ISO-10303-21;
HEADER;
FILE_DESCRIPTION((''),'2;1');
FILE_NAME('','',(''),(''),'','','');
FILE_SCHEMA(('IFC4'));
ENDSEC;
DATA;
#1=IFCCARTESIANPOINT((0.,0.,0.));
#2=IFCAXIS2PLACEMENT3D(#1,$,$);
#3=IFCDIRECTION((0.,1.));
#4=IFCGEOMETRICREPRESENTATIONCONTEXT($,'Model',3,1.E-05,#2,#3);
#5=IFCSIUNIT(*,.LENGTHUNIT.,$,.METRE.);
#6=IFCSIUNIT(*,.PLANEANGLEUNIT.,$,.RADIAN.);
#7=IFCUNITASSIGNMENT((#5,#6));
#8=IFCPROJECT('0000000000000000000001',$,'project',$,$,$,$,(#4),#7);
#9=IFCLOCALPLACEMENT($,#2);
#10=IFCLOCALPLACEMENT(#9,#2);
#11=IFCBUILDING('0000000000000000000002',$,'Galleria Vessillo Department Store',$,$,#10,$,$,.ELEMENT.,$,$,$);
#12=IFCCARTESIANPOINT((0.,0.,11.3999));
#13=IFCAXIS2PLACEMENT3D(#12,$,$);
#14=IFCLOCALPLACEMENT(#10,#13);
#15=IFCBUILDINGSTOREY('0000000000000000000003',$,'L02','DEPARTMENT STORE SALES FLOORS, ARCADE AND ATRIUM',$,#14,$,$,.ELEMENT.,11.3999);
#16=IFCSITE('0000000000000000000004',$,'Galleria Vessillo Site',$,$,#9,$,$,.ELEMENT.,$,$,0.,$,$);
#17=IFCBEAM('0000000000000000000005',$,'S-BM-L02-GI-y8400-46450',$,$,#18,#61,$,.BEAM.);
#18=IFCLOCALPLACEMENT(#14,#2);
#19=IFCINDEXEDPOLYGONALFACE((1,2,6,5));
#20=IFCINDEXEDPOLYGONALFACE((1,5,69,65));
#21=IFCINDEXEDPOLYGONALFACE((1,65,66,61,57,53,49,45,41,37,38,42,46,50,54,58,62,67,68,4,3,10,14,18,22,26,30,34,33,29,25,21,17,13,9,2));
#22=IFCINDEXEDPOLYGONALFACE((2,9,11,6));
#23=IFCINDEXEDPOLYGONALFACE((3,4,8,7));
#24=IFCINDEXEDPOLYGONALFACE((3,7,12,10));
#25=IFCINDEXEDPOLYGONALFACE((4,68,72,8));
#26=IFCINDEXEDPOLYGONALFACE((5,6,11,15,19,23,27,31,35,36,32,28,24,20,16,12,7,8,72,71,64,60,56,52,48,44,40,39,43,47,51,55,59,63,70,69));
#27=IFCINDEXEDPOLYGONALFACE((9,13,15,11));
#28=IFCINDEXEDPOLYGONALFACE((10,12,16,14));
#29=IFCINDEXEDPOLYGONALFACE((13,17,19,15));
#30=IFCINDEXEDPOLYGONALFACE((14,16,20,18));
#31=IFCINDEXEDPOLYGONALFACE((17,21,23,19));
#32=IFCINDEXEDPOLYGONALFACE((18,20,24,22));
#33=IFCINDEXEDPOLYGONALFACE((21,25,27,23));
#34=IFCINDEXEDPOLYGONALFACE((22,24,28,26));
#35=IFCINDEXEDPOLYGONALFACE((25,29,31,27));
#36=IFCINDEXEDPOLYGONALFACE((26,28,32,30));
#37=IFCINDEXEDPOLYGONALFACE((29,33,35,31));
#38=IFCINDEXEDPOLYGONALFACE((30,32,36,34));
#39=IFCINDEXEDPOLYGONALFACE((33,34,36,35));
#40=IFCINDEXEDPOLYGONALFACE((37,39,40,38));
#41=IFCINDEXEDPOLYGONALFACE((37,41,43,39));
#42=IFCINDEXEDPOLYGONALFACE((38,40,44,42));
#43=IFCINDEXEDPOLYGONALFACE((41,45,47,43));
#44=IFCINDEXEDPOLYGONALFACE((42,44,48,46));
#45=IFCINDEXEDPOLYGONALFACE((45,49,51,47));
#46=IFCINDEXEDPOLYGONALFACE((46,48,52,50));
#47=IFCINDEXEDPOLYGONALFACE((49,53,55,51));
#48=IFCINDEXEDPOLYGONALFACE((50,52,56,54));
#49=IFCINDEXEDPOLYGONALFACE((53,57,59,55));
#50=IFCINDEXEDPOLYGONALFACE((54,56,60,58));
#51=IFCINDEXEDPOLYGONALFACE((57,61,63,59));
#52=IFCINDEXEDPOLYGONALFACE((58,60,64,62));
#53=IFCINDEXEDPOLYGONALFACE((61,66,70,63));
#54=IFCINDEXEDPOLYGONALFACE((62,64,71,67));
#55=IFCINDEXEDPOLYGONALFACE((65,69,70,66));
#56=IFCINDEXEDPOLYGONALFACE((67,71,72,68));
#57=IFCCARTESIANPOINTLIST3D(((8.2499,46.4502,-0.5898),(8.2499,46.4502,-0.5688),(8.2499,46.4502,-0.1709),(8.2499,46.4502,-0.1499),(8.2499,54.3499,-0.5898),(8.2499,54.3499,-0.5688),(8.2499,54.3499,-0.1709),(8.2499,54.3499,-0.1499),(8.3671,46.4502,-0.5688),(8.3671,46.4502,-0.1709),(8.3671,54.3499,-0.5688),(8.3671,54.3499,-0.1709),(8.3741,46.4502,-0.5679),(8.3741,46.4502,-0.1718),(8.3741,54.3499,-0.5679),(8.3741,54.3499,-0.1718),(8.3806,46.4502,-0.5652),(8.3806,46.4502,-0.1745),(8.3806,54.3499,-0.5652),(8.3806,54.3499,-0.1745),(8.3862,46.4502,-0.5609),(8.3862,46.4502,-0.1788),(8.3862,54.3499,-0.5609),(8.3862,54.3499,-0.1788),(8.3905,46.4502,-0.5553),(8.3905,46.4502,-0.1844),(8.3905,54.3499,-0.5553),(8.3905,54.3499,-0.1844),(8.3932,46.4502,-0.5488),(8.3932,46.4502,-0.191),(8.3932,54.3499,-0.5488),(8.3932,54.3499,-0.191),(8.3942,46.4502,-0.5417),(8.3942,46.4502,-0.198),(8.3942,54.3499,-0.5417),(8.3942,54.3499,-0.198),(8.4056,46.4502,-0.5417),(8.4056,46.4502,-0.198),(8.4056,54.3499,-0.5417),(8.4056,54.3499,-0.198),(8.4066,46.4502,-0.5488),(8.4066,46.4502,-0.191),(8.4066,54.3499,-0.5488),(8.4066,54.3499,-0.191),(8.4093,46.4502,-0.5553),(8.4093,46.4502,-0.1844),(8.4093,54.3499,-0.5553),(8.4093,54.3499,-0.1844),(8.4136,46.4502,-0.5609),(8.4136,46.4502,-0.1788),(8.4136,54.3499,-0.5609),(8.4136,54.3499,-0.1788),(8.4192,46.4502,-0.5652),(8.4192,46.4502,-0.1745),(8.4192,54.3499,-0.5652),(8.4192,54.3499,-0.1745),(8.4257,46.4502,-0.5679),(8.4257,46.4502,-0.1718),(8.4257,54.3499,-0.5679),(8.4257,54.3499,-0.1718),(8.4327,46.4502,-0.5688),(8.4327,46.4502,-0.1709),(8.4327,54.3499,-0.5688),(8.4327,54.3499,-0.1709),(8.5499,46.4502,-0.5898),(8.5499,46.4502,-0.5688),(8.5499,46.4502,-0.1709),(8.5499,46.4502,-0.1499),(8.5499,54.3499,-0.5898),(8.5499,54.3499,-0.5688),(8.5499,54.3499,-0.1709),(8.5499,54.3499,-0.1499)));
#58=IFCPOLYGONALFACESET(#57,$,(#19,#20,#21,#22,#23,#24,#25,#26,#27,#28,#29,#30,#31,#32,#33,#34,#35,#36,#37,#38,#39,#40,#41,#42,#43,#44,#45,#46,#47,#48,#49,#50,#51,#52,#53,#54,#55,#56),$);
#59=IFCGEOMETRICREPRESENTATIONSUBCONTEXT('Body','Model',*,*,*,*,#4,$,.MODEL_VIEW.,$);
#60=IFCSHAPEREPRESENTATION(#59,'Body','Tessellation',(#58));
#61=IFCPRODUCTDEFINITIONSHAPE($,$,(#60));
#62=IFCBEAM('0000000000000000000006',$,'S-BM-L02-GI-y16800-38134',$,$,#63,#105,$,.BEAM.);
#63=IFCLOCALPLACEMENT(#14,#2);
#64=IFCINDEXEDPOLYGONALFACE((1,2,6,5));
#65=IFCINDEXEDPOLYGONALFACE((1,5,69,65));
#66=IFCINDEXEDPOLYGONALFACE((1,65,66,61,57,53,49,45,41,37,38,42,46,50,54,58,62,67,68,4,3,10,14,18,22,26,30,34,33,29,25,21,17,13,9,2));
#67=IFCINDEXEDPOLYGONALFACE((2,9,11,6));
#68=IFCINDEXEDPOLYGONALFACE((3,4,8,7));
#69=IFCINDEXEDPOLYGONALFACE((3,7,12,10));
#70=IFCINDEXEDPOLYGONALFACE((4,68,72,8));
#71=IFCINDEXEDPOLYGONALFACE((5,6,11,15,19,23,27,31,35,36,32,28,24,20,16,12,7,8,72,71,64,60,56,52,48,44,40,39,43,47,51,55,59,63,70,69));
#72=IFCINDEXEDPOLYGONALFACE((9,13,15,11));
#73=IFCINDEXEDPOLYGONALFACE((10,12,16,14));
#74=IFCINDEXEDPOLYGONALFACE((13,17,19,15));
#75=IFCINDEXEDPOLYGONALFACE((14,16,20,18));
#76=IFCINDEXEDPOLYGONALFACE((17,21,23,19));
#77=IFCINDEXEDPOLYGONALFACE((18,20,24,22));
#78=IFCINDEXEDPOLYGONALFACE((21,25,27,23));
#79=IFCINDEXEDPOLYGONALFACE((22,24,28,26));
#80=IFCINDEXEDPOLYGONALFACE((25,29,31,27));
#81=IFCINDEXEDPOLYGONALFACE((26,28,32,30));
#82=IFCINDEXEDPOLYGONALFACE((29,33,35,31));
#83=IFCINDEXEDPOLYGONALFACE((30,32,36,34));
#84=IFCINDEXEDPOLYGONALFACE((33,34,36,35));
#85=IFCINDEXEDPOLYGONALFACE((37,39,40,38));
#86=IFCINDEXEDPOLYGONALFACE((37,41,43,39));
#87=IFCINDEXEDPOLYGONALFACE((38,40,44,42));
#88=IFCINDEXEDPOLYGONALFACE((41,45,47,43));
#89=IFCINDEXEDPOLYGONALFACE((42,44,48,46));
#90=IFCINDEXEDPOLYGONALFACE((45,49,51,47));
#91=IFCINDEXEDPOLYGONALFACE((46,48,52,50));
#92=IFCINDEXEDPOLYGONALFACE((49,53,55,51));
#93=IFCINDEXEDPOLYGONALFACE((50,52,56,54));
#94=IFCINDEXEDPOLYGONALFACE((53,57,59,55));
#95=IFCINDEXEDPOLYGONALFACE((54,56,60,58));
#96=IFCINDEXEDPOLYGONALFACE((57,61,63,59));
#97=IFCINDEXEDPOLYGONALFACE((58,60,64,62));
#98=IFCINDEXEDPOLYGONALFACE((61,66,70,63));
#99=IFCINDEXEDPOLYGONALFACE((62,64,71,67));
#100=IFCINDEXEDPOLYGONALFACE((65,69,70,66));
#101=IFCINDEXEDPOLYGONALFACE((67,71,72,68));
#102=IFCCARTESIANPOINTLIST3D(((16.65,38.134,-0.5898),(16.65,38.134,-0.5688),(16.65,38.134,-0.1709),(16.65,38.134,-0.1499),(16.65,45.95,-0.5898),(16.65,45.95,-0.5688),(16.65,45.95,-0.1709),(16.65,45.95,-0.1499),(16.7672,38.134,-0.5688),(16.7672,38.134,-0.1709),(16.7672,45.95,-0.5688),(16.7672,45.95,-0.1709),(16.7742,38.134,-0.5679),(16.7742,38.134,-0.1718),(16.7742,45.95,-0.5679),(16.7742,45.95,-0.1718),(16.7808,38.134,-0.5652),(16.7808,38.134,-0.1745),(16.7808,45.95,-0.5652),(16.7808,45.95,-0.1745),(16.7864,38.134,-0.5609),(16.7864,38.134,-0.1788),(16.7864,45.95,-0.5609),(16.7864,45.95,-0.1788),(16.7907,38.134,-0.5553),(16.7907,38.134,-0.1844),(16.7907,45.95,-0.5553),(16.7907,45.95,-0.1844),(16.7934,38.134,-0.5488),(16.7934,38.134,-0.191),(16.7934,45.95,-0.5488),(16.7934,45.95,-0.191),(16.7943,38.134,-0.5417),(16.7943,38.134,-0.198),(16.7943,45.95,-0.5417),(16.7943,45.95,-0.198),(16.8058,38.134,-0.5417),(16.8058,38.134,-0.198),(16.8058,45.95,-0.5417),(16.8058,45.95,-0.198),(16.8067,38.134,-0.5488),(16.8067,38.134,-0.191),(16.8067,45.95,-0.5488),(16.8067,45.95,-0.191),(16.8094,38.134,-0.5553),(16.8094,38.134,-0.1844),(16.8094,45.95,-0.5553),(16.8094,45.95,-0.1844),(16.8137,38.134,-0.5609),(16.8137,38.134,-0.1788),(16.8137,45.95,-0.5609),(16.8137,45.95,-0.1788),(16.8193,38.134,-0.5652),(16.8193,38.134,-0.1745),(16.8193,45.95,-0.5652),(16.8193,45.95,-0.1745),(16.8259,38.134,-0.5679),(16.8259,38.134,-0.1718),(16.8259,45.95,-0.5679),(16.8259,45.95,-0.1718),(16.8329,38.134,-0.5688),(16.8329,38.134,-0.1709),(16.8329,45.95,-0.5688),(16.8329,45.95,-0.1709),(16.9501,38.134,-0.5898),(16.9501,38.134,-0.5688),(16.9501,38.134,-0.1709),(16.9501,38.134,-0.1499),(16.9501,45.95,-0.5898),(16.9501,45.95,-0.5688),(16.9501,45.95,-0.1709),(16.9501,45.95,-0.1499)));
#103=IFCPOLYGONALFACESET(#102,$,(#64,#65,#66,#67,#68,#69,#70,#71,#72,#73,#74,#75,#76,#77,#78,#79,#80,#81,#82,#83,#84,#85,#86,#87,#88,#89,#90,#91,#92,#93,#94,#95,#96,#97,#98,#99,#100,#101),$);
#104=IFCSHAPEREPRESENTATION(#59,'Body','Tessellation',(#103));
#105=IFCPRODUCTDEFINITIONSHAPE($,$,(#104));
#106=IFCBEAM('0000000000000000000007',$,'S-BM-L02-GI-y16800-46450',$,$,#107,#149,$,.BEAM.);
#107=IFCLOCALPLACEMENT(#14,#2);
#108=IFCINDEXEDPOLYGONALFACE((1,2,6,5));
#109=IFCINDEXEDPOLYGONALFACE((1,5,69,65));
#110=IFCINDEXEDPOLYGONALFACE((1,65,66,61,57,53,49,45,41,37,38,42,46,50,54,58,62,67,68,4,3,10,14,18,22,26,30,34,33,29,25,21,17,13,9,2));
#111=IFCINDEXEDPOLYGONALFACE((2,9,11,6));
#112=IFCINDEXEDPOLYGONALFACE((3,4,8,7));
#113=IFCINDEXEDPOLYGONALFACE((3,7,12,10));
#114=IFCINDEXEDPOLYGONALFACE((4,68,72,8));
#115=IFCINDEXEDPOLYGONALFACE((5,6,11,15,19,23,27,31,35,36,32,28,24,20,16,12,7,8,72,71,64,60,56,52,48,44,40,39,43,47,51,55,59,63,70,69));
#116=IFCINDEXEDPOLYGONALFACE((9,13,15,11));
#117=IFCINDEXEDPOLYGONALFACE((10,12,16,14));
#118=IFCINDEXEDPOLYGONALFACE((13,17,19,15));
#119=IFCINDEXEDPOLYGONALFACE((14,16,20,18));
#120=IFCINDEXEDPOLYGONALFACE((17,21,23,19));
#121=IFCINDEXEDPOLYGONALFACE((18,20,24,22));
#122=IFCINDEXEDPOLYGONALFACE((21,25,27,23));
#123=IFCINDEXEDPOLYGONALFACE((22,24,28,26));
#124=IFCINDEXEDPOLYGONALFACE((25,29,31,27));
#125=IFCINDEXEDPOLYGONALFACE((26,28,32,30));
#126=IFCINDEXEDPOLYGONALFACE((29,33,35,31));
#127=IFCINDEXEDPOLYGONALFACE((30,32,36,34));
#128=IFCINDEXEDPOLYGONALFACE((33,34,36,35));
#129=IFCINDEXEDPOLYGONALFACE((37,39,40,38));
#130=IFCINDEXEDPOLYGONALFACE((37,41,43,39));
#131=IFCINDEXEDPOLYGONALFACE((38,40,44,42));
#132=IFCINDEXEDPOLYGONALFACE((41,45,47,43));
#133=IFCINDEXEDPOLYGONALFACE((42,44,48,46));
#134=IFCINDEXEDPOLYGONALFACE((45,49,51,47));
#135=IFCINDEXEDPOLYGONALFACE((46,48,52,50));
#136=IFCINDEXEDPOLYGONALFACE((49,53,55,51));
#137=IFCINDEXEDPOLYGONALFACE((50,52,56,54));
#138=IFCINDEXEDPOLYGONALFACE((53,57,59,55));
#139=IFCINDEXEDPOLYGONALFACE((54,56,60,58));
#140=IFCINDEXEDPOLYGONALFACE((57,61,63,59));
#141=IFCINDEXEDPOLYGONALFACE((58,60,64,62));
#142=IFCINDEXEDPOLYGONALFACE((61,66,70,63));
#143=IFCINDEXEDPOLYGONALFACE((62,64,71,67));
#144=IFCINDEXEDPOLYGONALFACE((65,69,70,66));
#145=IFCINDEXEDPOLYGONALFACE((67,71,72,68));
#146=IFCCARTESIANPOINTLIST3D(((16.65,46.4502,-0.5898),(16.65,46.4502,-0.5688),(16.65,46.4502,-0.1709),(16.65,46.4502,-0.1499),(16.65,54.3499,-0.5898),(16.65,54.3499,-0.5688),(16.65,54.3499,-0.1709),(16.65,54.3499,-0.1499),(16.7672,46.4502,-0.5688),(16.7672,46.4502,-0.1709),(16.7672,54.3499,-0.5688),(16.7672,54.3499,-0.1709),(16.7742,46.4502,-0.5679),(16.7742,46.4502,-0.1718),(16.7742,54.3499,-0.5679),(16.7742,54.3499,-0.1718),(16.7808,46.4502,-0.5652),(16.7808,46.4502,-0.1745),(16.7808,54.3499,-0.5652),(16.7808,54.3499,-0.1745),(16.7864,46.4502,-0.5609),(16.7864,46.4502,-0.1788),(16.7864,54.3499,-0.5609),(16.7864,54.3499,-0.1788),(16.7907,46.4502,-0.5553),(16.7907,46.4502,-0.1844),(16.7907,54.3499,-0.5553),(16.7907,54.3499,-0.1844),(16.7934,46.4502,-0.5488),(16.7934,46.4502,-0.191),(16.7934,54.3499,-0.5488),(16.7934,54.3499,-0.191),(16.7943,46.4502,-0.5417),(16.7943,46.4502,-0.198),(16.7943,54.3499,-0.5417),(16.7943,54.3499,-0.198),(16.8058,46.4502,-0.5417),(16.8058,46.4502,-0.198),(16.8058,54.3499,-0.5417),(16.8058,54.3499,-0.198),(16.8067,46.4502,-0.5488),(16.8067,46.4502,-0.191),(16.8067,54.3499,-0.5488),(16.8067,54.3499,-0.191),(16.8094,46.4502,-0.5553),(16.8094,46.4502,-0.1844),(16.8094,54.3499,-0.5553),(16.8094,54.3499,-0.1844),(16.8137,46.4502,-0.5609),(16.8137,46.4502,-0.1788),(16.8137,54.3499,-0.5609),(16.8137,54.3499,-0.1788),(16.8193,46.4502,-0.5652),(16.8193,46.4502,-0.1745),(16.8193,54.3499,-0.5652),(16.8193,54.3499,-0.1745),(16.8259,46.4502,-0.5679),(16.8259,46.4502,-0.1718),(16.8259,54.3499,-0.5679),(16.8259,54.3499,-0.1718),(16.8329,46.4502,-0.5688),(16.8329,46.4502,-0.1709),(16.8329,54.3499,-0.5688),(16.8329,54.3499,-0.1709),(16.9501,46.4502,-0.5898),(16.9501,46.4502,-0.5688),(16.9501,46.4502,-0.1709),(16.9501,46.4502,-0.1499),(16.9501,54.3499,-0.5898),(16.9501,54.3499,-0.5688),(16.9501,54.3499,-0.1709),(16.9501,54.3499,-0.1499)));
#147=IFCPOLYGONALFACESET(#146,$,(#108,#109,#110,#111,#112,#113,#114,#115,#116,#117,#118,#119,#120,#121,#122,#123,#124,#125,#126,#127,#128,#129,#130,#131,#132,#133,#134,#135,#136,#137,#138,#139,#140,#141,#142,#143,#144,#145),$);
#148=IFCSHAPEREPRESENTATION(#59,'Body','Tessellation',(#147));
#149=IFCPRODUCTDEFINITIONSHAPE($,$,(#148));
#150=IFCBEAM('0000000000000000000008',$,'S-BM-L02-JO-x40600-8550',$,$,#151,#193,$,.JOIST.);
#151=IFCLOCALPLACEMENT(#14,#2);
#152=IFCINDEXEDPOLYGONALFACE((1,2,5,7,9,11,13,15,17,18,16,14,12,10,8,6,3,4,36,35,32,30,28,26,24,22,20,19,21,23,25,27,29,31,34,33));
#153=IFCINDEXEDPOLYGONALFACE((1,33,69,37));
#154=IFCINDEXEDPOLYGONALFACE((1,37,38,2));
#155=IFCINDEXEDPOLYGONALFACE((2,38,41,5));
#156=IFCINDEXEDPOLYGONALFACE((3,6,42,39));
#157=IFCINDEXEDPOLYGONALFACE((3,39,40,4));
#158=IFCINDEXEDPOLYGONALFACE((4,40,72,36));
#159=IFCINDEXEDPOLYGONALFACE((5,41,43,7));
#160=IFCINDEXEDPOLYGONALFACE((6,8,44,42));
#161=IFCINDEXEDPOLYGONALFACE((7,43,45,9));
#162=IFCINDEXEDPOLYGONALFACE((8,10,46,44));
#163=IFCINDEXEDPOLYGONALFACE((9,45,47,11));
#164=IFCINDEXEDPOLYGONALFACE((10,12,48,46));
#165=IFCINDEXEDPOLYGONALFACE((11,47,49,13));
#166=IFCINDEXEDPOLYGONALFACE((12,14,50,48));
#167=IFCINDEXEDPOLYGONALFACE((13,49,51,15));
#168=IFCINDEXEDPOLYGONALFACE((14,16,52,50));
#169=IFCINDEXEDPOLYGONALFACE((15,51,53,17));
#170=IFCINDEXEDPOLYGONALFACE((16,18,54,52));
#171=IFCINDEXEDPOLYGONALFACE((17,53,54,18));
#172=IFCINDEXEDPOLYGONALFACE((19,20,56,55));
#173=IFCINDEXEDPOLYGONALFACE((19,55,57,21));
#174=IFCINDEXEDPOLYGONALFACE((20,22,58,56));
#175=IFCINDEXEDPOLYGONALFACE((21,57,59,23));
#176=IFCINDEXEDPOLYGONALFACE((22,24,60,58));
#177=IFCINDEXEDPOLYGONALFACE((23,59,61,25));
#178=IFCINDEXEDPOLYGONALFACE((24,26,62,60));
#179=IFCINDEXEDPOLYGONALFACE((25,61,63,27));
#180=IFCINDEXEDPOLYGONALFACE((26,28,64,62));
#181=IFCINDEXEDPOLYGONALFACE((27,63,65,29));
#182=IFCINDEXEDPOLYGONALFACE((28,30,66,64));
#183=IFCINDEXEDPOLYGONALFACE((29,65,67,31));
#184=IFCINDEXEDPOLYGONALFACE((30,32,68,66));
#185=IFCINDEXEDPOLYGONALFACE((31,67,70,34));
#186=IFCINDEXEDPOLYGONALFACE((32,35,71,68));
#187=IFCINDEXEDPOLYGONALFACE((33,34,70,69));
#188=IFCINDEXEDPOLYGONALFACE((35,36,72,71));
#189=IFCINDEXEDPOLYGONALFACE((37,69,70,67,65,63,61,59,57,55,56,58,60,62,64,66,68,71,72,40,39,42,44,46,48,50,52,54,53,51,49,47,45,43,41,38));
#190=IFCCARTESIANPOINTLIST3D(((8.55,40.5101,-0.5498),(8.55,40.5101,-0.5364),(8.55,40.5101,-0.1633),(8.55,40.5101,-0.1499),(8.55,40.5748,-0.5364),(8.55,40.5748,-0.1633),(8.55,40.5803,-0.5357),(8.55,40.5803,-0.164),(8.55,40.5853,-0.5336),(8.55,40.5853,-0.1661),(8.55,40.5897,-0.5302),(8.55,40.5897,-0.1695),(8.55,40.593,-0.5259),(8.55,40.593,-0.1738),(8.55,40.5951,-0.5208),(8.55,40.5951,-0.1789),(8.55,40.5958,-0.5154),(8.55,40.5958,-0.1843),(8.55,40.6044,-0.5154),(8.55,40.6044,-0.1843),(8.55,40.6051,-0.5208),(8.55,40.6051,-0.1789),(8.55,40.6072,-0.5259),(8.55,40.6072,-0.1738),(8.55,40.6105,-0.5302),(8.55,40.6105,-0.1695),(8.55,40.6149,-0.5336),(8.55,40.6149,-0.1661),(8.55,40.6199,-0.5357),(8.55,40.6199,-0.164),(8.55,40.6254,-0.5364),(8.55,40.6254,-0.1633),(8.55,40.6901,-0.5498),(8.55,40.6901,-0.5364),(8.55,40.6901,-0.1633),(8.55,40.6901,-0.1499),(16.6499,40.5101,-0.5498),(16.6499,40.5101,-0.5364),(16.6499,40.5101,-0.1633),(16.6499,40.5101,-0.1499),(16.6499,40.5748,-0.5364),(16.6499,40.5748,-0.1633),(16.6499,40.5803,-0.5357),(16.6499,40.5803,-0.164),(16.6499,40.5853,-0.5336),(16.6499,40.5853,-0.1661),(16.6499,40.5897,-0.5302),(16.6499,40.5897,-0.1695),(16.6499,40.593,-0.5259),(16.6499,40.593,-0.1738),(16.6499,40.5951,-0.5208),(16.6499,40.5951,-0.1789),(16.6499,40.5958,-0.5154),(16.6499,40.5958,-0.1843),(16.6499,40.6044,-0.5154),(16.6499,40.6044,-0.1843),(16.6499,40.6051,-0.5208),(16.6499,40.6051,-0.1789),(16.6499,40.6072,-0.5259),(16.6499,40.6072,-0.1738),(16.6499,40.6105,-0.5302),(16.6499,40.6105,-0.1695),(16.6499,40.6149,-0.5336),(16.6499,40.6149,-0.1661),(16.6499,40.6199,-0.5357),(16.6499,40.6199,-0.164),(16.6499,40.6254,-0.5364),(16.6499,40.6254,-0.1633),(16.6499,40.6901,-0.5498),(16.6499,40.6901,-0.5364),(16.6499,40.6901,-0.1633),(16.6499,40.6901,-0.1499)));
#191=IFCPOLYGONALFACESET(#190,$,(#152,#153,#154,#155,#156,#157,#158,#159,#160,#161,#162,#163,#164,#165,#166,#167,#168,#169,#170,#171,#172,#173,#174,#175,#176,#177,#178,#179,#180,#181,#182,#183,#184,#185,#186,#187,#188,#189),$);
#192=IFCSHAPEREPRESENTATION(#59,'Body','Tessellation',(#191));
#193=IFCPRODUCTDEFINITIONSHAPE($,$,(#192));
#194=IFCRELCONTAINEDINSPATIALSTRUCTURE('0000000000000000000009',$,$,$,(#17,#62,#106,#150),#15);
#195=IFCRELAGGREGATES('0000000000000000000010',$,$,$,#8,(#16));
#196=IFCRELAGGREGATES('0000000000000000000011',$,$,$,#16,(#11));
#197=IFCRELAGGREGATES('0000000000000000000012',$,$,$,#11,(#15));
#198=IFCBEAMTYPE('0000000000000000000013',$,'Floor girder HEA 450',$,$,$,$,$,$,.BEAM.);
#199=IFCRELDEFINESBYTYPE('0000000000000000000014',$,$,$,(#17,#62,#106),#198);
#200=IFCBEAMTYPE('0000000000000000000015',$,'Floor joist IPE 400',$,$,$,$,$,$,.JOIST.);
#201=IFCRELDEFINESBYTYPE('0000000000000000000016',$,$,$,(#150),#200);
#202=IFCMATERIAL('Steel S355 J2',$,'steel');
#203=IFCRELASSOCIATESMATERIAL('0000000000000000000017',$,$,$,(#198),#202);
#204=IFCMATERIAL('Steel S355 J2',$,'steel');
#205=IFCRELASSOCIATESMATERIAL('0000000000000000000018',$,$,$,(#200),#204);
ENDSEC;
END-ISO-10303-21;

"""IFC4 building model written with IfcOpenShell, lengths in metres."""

from ifc_helpers import new_model, si_unit, direction, frame, origin, origin_2d, place, context, subcontext, project, spatial, i_section, extrude, material, material_profile, profile_set, type_object, element, save


model = new_model("IFC4")

# Units and contexts
model_context = context("Model", 3, precision=1e-05, world=origin(), true_north=direction((0.0, 1.0)))
body_context = subcontext(model_context, "Body", "Model", "MODEL_VIEW")
ifc_project = project(units=[si_unit("LENGTHUNIT", "METRE"), si_unit("PLANEANGLEUNIT", "RADIAN")], contexts=[model_context])

# Site, building, storey
site_placement = place(None, origin())
site = spatial("IfcSite", under=ifc_project, at=site_placement, Name="Galleria Vessillo Site", CompositionType="ELEMENT", RefElevation=0.0)
building_placement = place(site_placement, origin())
building = spatial("IfcBuilding", under=site, at=building_placement, Name="Galleria Vessillo Department Store", CompositionType="ELEMENT")
storey_placement = place(building_placement, frame((0.0, 0.0, 11.3999)))
storey = spatial("IfcBuildingStorey", under=building, at=storey_placement, Name="L02", Description="DEPARTMENT STORE SALES FLOORS, ARCADE AND ATRIUM", CompositionType="ELEMENT", Elevation=11.3999)

# Beams
ifc_material_1 = material(Name="Steel S355 J2", Category="steel")
ifc_material_profile_1 = material_profile(ifc_material_1, i_section(OverallWidth=0.3, OverallDepth=0.4399, WebThickness=0.0115, FlangeThickness=0.021, FilletRadius=0.0271, at=origin_2d()), Name="HEA 450")
ifc_profile_set_1 = profile_set([ifc_material_profile_1], Name="Steel S355 J2")
beam_type_1 = type_object("IfcBeamType", Name="Floor girder HEA 450", PredefinedType="BEAM", material=ifc_profile_set_1)
beam_1_placement = place(storey_placement, frame((8.3999, 46.4502, -0.3699), z_axis=(0.0, 1.0, 0.0), x_axis=(-1.0, 0.0, 0.0)))
element("IfcBeam", 1, at=beam_1_placement, inside=storey, type_object=beam_type_1, Name="S-BM-L02-GI-y8400-46450", PredefinedType="BEAM", context=body_context, shape_type="SweptSolid", body=[
    extrude(i_section(OverallWidth=0.3, OverallDepth=0.4399, WebThickness=0.0115, FlangeThickness=0.021, FilletRadius=0.0271, at=origin_2d()), origin(), (0.0, 0.0, 1.0), 7.8997),
])
beam_2_placement = place(storey_placement, frame((16.8, 38.134, -0.3699), z_axis=(0.0, 1.0, 0.0), x_axis=(-1.0, 0.0, 0.0)))
element("IfcBeam", 2, at=beam_2_placement, inside=storey, type_object=beam_type_1, Name="S-BM-L02-GI-y16800-38134", PredefinedType="BEAM", context=body_context, shape_type="SweptSolid", body=[
    extrude(i_section(OverallWidth=0.3, OverallDepth=0.4399, WebThickness=0.0115, FlangeThickness=0.021, FilletRadius=0.0271, at=origin_2d()), origin(), (0.0, 0.0, 1.0), 7.8159),
])
beam_3_placement = place(storey_placement, frame((16.8, 46.4502, -0.3699), z_axis=(0.0, 1.0, 0.0), x_axis=(-1.0, 0.0, 0.0)))
element("IfcBeam", 3, at=beam_3_placement, inside=storey, type_object=beam_type_1, Name="S-BM-L02-GI-y16800-46450", PredefinedType="BEAM", context=body_context, shape_type="SweptSolid", body=[
    extrude(i_section(OverallWidth=0.3, OverallDepth=0.4399, WebThickness=0.0115, FlangeThickness=0.021, FilletRadius=0.0271, at=origin_2d()), origin(), (0.0, 0.0, 1.0), 7.8997),
])
ifc_material_2 = material(Name="Steel S355 J2", Category="steel")
ifc_material_profile_2 = material_profile(ifc_material_2, i_section(OverallWidth=0.1799, OverallDepth=0.3999, WebThickness=0.0085, FlangeThickness=0.0134, FilletRadius=0.021, at=origin_2d()), Name="IPE 400")
ifc_profile_set_2 = profile_set([ifc_material_profile_2], Name="Steel S355 J2")
beam_type_2 = type_object("IfcBeamType", Name="Floor joist IPE 400", PredefinedType="JOIST", material=ifc_profile_set_2)
for number, where, z_axis, x_axis, name in (
    (4, (8.55, 40.6001, -0.3499), (1.0, 0.0, 0.0), (0.0, 1.0, 0.0), "S-BM-L02-JO-x40600-8550"),
):
    element("IfcBeam", number, at=place(storey_placement, frame(where, z_axis=z_axis, x_axis=x_axis)), inside=storey, type_object=beam_type_2, Name=name, PredefinedType="JOIST", context=body_context, shape_type="SweptSolid", body=[
        extrude(i_section(OverallWidth=0.1799, OverallDepth=0.3999, WebThickness=0.0085, FlangeThickness=0.0134, FilletRadius=0.021, at=origin_2d()), origin(), (0.0, 0.0, 1.0), 8.0999),
    ])

save(model, "model.ifc")
